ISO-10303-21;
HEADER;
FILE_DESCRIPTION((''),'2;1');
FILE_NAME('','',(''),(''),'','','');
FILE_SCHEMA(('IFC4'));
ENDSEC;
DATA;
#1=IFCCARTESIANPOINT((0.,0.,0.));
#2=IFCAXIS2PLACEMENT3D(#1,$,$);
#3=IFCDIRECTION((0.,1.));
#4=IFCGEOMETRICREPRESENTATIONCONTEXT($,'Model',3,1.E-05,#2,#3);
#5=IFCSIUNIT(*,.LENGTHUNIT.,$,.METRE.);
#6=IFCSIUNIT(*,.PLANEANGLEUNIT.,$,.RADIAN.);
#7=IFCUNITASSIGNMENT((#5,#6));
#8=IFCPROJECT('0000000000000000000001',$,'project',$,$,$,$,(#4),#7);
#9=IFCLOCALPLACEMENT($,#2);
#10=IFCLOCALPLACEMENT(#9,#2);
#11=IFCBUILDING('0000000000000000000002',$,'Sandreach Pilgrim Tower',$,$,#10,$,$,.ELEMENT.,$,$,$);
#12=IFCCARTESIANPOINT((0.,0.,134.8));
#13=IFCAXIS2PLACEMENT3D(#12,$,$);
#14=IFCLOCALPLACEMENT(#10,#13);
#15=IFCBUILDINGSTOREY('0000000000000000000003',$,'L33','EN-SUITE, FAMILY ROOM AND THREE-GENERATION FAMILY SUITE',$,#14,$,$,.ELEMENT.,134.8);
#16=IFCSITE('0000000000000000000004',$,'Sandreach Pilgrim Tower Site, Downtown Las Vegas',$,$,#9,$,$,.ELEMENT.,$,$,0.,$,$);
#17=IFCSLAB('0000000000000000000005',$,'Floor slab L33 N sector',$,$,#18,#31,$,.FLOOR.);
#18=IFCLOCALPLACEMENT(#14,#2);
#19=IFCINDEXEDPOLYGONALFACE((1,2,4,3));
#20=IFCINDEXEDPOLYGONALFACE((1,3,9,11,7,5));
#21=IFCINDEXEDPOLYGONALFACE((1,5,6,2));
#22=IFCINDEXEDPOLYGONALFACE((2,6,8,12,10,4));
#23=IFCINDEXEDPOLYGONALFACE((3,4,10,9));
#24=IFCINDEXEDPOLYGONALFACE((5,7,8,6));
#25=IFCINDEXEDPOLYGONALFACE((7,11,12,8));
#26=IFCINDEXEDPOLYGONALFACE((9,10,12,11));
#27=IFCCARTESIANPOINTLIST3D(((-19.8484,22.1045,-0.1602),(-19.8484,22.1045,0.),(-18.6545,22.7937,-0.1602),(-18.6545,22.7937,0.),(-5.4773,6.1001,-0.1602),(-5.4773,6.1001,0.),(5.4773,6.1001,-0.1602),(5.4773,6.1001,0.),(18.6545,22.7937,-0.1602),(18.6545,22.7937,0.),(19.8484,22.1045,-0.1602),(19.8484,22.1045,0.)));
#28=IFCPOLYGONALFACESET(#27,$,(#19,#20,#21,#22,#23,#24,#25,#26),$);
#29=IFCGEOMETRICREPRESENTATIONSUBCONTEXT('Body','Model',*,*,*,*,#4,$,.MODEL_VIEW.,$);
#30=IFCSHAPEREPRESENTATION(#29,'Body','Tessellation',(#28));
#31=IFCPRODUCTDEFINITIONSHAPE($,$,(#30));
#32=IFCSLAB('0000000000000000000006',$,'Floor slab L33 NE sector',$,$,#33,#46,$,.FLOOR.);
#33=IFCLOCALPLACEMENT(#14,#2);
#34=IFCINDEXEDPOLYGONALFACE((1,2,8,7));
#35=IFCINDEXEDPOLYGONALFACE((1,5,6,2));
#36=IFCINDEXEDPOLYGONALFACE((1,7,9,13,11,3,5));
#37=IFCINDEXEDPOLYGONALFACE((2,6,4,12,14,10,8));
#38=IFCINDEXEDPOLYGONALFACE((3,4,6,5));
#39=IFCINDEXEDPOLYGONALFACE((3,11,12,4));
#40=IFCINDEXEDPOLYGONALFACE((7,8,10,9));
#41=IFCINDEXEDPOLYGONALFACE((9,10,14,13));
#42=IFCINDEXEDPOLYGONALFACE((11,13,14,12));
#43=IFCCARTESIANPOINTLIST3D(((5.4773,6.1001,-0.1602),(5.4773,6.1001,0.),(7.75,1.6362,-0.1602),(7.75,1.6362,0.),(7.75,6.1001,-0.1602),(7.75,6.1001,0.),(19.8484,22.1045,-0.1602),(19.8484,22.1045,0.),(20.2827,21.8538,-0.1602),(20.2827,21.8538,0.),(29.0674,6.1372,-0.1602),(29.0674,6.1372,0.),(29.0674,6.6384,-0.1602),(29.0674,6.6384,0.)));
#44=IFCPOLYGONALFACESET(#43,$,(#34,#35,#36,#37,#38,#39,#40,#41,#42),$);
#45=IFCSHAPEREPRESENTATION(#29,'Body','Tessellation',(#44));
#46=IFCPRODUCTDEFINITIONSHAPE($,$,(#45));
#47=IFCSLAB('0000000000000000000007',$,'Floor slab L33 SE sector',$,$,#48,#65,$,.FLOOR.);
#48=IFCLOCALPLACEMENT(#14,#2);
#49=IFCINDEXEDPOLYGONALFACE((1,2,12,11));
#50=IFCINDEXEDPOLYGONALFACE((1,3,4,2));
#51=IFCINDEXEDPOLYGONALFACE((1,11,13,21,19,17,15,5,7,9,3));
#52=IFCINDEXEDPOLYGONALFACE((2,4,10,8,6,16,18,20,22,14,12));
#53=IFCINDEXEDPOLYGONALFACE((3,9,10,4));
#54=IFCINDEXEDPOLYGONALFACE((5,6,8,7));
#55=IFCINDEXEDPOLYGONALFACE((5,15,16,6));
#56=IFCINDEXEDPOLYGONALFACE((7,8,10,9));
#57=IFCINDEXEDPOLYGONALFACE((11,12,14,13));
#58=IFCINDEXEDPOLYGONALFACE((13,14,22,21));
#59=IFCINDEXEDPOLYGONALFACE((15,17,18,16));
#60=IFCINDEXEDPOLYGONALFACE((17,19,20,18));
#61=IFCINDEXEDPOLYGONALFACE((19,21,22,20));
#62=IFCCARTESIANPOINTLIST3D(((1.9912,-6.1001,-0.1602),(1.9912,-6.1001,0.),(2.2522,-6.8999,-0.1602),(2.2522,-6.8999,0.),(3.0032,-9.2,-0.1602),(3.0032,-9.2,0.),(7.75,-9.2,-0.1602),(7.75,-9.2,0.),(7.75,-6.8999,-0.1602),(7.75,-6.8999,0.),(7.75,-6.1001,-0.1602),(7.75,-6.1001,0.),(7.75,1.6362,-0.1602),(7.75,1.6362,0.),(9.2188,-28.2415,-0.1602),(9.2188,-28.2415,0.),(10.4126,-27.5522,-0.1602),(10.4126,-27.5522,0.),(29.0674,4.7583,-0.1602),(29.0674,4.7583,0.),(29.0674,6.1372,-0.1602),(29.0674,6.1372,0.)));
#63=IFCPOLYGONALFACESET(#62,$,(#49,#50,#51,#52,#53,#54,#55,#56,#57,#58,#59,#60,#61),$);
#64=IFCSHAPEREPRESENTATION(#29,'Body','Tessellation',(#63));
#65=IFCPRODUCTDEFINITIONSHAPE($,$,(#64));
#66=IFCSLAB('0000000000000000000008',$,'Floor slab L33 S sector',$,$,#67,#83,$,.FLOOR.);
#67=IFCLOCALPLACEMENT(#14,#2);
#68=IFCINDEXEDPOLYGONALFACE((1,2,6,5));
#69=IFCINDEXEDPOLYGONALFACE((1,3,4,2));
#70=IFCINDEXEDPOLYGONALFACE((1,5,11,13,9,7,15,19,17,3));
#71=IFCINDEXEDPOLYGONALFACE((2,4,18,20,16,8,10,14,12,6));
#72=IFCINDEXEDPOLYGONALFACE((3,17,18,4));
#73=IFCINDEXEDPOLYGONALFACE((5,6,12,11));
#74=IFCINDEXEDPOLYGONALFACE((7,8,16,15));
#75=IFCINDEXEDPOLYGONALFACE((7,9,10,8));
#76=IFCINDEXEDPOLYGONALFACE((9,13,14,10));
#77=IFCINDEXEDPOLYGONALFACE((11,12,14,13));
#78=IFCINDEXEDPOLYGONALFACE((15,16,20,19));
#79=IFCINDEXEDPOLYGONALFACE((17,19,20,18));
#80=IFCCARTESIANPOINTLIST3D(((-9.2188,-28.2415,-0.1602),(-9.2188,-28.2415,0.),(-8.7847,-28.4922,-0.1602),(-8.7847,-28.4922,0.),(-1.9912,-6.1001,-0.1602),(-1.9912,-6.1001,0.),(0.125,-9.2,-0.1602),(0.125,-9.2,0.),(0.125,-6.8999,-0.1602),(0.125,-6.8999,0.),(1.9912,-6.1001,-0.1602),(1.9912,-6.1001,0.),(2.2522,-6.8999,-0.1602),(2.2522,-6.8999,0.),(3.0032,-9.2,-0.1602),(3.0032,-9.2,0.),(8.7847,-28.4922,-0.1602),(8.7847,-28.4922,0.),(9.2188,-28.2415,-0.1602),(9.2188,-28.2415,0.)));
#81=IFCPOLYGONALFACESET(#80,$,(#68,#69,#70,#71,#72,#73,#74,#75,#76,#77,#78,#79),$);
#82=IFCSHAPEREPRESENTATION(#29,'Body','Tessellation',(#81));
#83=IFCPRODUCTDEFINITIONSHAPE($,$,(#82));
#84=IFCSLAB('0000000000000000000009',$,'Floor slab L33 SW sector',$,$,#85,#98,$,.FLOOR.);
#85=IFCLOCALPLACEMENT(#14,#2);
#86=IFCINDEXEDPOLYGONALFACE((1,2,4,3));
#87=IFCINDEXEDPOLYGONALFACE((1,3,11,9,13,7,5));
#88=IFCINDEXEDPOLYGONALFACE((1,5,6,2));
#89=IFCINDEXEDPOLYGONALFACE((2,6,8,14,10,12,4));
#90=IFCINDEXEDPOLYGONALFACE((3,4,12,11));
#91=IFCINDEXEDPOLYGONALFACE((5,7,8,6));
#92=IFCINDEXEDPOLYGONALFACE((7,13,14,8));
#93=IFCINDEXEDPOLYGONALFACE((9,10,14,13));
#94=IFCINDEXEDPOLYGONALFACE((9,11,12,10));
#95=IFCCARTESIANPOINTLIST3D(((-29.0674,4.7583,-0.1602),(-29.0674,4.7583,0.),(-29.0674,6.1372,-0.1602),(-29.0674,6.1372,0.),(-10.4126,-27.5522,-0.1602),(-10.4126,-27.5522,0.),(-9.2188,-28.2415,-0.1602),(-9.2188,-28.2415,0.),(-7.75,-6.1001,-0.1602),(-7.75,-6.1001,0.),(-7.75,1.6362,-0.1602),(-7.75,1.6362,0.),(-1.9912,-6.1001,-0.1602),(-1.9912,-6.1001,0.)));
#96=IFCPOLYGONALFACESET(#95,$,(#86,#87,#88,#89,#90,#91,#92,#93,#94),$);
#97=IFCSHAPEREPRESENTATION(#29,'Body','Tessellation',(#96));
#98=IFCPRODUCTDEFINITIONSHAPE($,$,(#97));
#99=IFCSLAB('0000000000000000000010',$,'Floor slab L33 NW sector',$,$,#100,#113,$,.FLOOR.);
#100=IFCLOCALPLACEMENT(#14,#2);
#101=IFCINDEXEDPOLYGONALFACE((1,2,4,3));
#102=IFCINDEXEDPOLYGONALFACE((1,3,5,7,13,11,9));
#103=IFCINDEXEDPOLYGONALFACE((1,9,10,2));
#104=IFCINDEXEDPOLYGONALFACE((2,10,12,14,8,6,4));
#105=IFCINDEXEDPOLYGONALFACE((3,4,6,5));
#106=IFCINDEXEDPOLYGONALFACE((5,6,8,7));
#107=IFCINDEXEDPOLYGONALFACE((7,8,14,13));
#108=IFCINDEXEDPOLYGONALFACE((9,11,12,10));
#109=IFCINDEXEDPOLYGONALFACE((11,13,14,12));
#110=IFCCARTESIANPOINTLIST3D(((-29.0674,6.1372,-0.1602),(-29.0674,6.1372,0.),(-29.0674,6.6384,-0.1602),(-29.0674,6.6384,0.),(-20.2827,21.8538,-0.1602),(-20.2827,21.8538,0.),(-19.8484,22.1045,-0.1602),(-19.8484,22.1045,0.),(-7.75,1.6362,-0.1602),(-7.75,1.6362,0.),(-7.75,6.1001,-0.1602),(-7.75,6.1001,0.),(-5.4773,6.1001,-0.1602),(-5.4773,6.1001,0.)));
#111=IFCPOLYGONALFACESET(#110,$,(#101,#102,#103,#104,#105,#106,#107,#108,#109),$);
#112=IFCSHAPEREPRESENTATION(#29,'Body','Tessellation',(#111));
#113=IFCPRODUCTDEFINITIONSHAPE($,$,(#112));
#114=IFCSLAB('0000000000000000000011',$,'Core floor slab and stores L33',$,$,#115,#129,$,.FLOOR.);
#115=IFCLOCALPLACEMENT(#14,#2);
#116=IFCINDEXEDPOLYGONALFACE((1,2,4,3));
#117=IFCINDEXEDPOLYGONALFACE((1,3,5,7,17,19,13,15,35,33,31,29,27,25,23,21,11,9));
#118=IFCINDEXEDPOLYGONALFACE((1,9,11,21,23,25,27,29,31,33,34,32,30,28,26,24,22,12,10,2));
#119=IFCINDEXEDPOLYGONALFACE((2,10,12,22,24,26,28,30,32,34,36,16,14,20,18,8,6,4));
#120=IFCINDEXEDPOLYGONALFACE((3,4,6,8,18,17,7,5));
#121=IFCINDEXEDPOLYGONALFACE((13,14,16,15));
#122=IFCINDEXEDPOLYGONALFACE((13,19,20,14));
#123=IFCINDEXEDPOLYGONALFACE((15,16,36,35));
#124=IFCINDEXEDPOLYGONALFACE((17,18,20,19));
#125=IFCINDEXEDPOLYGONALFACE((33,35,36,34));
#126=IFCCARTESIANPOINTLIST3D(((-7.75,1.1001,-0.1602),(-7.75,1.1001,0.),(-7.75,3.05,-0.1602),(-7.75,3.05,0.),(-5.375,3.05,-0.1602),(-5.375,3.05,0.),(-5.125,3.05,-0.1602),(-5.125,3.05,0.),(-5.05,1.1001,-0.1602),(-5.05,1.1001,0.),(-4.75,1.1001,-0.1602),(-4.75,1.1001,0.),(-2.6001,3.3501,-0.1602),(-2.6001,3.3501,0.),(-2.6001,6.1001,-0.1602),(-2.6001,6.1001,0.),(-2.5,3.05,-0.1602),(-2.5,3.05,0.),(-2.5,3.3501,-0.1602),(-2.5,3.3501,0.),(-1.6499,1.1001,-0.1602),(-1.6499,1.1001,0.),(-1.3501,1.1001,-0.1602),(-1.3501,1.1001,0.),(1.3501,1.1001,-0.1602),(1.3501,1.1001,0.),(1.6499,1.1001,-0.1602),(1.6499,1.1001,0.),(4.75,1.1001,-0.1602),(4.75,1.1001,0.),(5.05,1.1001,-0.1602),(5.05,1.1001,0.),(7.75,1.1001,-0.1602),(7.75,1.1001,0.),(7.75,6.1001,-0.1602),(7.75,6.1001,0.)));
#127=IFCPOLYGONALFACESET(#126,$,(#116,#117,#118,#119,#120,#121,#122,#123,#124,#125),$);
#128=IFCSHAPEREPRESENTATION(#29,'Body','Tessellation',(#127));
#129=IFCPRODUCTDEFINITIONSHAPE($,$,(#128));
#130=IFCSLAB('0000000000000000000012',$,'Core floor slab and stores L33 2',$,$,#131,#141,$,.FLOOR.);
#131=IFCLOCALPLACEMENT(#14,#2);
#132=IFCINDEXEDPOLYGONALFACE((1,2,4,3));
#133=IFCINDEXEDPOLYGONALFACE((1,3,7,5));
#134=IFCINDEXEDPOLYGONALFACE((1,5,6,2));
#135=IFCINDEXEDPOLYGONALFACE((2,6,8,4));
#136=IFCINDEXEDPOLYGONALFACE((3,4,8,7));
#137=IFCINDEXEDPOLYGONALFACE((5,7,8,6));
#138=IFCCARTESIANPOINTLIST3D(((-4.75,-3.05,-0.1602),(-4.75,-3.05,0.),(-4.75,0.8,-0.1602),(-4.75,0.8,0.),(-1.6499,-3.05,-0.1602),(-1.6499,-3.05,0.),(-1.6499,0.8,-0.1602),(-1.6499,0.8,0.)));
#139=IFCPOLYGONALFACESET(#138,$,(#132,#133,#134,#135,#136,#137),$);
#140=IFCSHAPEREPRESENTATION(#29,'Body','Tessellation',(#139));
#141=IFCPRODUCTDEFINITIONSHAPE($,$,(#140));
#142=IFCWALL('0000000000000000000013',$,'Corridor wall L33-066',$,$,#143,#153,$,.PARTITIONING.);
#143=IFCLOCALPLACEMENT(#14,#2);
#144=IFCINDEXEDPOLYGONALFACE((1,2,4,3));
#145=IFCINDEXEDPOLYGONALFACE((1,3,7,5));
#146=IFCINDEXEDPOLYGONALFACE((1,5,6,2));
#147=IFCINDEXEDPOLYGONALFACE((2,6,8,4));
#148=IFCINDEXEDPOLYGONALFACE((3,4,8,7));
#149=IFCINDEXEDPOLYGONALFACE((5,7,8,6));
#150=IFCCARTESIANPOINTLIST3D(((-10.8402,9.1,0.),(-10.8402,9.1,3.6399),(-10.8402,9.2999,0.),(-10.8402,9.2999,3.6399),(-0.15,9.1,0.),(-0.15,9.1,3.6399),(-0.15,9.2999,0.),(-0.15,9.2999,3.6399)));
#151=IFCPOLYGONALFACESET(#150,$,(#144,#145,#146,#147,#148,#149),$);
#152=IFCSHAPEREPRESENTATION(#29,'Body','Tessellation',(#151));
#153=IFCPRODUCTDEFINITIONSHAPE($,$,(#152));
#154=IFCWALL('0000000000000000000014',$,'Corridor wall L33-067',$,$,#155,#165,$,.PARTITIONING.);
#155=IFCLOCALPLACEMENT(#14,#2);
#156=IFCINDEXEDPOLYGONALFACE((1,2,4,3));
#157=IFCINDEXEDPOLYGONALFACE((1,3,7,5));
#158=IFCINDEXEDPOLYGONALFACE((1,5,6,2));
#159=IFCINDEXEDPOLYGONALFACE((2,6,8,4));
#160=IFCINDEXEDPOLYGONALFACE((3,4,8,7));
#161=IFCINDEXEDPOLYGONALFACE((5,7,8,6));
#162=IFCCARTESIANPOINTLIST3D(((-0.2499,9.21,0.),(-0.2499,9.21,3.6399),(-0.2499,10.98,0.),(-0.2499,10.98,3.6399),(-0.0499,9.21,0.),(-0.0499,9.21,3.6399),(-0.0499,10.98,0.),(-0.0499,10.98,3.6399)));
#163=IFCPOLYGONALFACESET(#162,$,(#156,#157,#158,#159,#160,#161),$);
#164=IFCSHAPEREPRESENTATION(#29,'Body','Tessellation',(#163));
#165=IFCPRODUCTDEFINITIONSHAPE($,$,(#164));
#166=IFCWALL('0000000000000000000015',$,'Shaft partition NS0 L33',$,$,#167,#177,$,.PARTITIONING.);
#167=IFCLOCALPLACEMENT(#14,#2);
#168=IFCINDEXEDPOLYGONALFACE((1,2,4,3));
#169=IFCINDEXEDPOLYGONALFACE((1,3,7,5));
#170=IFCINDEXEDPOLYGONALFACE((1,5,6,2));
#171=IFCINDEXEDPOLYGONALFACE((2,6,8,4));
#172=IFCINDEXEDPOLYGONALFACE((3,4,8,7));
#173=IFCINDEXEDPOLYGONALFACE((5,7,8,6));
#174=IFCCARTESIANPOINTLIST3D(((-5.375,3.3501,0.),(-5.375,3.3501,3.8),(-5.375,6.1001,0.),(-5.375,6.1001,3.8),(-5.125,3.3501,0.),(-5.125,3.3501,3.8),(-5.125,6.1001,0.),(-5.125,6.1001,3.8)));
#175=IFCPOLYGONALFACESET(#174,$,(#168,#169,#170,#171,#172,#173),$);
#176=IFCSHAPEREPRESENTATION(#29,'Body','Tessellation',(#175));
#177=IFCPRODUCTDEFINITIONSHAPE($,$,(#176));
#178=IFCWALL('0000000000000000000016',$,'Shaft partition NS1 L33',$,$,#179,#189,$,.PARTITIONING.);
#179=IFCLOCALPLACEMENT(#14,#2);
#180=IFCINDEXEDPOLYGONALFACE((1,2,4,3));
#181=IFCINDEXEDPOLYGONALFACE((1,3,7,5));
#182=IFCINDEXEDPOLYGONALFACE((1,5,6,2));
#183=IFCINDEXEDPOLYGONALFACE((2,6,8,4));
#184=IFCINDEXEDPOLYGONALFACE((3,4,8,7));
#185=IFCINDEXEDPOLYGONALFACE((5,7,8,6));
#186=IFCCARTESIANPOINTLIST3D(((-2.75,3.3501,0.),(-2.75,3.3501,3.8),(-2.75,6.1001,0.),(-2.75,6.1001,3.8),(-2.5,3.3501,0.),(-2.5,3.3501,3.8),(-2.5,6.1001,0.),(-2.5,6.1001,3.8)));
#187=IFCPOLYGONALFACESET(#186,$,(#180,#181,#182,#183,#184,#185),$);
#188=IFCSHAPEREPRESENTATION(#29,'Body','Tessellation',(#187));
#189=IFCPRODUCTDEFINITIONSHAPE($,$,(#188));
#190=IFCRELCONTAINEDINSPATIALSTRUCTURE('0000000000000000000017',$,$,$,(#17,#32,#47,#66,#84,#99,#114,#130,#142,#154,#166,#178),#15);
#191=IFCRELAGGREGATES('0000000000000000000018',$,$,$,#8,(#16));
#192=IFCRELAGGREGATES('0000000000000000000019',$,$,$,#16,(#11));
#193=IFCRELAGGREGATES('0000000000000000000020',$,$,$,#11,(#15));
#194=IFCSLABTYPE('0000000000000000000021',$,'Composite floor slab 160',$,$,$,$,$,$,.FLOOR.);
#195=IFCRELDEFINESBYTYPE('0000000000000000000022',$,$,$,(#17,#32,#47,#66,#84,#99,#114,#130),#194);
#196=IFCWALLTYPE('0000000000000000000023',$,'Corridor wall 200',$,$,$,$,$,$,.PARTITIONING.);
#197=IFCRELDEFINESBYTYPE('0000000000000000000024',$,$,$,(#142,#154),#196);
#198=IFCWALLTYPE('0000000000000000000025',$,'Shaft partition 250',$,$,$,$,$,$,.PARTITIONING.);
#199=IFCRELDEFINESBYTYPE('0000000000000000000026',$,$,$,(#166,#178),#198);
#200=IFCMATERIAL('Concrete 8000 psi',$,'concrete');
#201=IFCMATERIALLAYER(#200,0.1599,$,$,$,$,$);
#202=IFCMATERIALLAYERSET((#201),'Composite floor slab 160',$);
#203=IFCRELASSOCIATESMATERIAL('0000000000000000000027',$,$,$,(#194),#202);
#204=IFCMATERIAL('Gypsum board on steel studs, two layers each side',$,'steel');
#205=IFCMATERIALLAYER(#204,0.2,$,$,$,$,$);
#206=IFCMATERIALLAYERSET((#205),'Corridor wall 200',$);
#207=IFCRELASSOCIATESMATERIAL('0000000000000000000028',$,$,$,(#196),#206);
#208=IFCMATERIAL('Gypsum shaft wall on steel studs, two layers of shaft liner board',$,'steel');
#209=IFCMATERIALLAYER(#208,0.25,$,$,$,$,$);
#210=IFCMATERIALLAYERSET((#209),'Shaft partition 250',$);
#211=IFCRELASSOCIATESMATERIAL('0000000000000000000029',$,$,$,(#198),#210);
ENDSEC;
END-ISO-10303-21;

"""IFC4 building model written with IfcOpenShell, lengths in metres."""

from ifc_helpers import new_model, si_unit, direction, frame, frame_2d, origin, place, context, subcontext, project, spatial, polyline, rectangle, outline, extrude, material, layer, layer_set, type_object, element, save


model = new_model("IFC4")

# Units and contexts
model_context = context("Model", 3, precision=1e-05, world=origin(), true_north=direction((0.0, 1.0)))
body_context = subcontext(model_context, "Body", "Model", "MODEL_VIEW")
ifc_project = project(units=[si_unit("LENGTHUNIT", "METRE"), si_unit("PLANEANGLEUNIT", "RADIAN")], contexts=[model_context])

# Site, building, storey
site_placement = place(None, origin())
site = spatial("IfcSite", under=ifc_project, at=site_placement, Name="Sandreach Pilgrim Tower Site, Downtown Las Vegas", CompositionType="ELEMENT", RefElevation=0.0)
building_placement = place(site_placement, origin())
building = spatial("IfcBuilding", under=site, at=building_placement, Name="Sandreach Pilgrim Tower", CompositionType="ELEMENT")
storey_placement = place(building_placement, frame((0.0, 0.0, 134.8)))
storey = spatial("IfcBuildingStorey", under=building, at=storey_placement, Name="L33", Description="EN-SUITE, FAMILY ROOM AND THREE-GENERATION FAMILY SUITE", CompositionType="ELEMENT", Elevation=134.8)

# Slabs
ifc_material_1 = material(Name="Concrete 8000 psi", Category="concrete")
ifc_layer_1 = layer(ifc_material_1, 0.1599)
ifc_layer_set_1 = layer_set([ifc_layer_1], Name="Composite floor slab 160")
slab_type = type_object("IfcSlabType", Name="Composite floor slab 160", PredefinedType="FLOOR", material=ifc_layer_set_1)
slab_1_placement = place(storey_placement, frame((0.0, 0.0, -0.1602)))
element("IfcSlab", 1, at=slab_1_placement, inside=storey, type_object=slab_type, Name="Floor slab L33 N sector", PredefinedType="FLOOR", context=body_context, shape_type="SweptSolid", body=[
    extrude(outline(polyline([(-18.6545, 22.7937), (18.6545, 22.7937), (19.8484, 22.1045), (5.4773, 6.1001), (-5.4773, 6.1001), (-19.8484, 22.1045), (-18.6545, 22.7937)])), origin(), (0.0, 0.0, 1.0), 0.1602),
])
slab_2_placement = place(storey_placement, frame((0.0, 0.0, -0.1602)))
element("IfcSlab", 2, at=slab_2_placement, inside=storey, type_object=slab_type, Name="Floor slab L33 NE sector", PredefinedType="FLOOR", context=body_context, shape_type="SweptSolid", body=[
    extrude(outline(polyline([(20.2827, 21.8538), (29.0674, 6.6384), (29.0674, 6.1372), (7.75, 1.6362), (7.75, 6.1001), (5.4773, 6.1001), (19.8484, 22.1045), (20.2827, 21.8538)])), origin(), (0.0, 0.0, 1.0), 0.1602),
])
slab_3_placement = place(storey_placement, frame((0.0, 0.0, -0.1602)))
element("IfcSlab", 3, at=slab_3_placement, inside=storey, type_object=slab_type, Name="Floor slab L33 SE sector", PredefinedType="FLOOR", context=body_context, shape_type="SweptSolid", body=[
    extrude(outline(polyline([(29.0674, 4.7583), (10.4126, -27.5522), (9.2188, -28.2415), (3.0032, -9.2), (7.75, -9.2), (7.75, -6.8999), (2.2522, -6.8999), (1.9912, -6.1001), (7.75, -6.1001), (7.75, 1.6362), (29.0674, 6.1372), (29.0674, 4.7583)])), origin(), (0.0, 0.0, 1.0), 0.1602),
])
slab_4_placement = place(storey_placement, frame((0.0, 0.0, -0.1602)))
element("IfcSlab", 4, at=slab_4_placement, inside=storey, type_object=slab_type, Name="Floor slab L33 S sector", PredefinedType="FLOOR", context=body_context, shape_type="SweptSolid", body=[
    extrude(outline(polyline([(8.7847, -28.4922), (-8.7847, -28.4922), (-9.2188, -28.2415), (-1.9912, -6.1001), (1.9912, -6.1001), (2.2522, -6.8999), (0.125, -6.8999), (0.125, -9.2), (3.0032, -9.2), (9.2188, -28.2415), (8.7847, -28.4922)])), origin(), (0.0, 0.0, 1.0), 0.1602),
])
slab_5_placement = place(storey_placement, frame((0.0, 0.0, -0.1602)))
element("IfcSlab", 5, at=slab_5_placement, inside=storey, type_object=slab_type, Name="Floor slab L33 SW sector", PredefinedType="FLOOR", context=body_context, shape_type="SweptSolid", body=[
    extrude(outline(polyline([(-10.4126, -27.5522), (-29.0674, 4.7583), (-29.0674, 6.1372), (-7.75, 1.6362), (-7.75, -6.1001), (-1.9912, -6.1001), (-9.2188, -28.2415), (-10.4126, -27.5522)])), origin(), (0.0, 0.0, 1.0), 0.1602),
])
slab_6_placement = place(storey_placement, frame((0.0, 0.0, -0.1602)))
element("IfcSlab", 6, at=slab_6_placement, inside=storey, type_object=slab_type, Name="Floor slab L33 NW sector", PredefinedType="FLOOR", context=body_context, shape_type="SweptSolid", body=[
    extrude(outline(polyline([(-29.0674, 6.6384), (-20.2827, 21.8538), (-19.8484, 22.1045), (-5.4773, 6.1001), (-7.75, 6.1001), (-7.75, 1.6362), (-29.0674, 6.1372), (-29.0674, 6.6384)])), origin(), (0.0, 0.0, 1.0), 0.1602),
])
slab_7_placement = place(storey_placement, frame((0.0, 0.0, -0.1602)))
element("IfcSlab", 7, at=slab_7_placement, inside=storey, type_object=slab_type, Name="Core floor slab and stores L33", PredefinedType="FLOOR", context=body_context, shape_type="SweptSolid", body=[
    extrude(outline(polyline([(-7.75, 3.05), (-5.375, 3.05), (-5.125, 3.05), (-2.5, 3.05), (-2.5, 3.3501), (-2.6001, 3.3501), (-2.6001, 6.1001), (7.75, 6.1001), (7.75, 1.1001), (5.05, 1.1001), (4.75, 1.1001), (1.6499, 1.1001), (1.3501, 1.1001), (-1.3501, 1.1001), (-1.6499, 1.1001), (-4.75, 1.1001), (-5.05, 1.1001), (-7.75, 1.1001), (-7.75, 3.05)])), origin(), (0.0, 0.0, 1.0), 0.1602),
])
slab_8_placement = place(storey_placement, frame((0.0, 0.0, -0.1602)))
element("IfcSlab", 8, at=slab_8_placement, inside=storey, type_object=slab_type, Name="Core floor slab and stores L33 2", PredefinedType="FLOOR", context=body_context, shape_type="SweptSolid", body=[
    extrude(outline(polyline([(-1.6499, -3.05), (-4.75, -3.05), (-4.75, 0.8), (-1.6499, 0.8), (-1.6499, -3.05)])), origin(), (0.0, 0.0, 1.0), 0.1602),
])

# Walls
ifc_material_2 = material(Name="Gypsum board on steel studs, two layers each side", Category="steel")
ifc_layer_2 = layer(ifc_material_2, 0.2)
ifc_layer_set_2 = layer_set([ifc_layer_2], Name="Corridor wall 200")
wall_type_1 = type_object("IfcWallType", Name="Corridor wall 200", PredefinedType="PARTITIONING", material=ifc_layer_set_2)
wall_1_placement = place(storey_placement, frame((-0.1499, 9.2, 0.0), z_axis=(0.0, 0.0, 1.0), x_axis=(-1.0, 0.0, 0.0)))
element("IfcWall", 9, at=wall_1_placement, inside=storey, type_object=wall_type_1, Name="Corridor wall L33-066", PredefinedType="PARTITIONING", context=body_context, shape_type="SweptSolid", body=[
    extrude(rectangle(XDim=10.6902, YDim=0.2, at=frame_2d((5.3452, 0.0))), origin(), (0.0, 0.0, 1.0), 3.6399),
])
wall_2_placement = place(storey_placement, frame((-0.1499, 10.98, 0.0), z_axis=(0.0, 0.0, 1.0), x_axis=(0.0, -1.0, 0.0)))
element("IfcWall", 10, at=wall_2_placement, inside=storey, type_object=wall_type_1, Name="Corridor wall L33-067", PredefinedType="PARTITIONING", context=body_context, shape_type="SweptSolid", body=[
    extrude(rectangle(XDim=1.77, YDim=0.2, at=frame_2d((0.885, 0.0))), origin(), (0.0, 0.0, 1.0), 3.6399),
])
ifc_material_3 = material(Name="Gypsum shaft wall on steel studs, two layers of shaft liner board", Category="steel")
ifc_layer_3 = layer(ifc_material_3, 0.25)
ifc_layer_set_3 = layer_set([ifc_layer_3], Name="Shaft partition 250")
wall_type_2 = type_object("IfcWallType", Name="Shaft partition 250", PredefinedType="PARTITIONING", material=ifc_layer_set_3)
for number, where, z_axis, x_axis, name in (
    (11, (-5.25, 3.3501, 0.0), (0.0, 0.0, 1.0), (0.0, 1.0, 0.0), "Shaft partition NS0 L33"),
    (12, (-2.625, 3.3501, 0.0), (0.0, 0.0, 1.0), (0.0, 1.0, 0.0), "Shaft partition NS1 L33"),
):
    element("IfcWall", number, at=place(storey_placement, frame(where, z_axis=z_axis, x_axis=x_axis)), inside=storey, type_object=wall_type_2, Name=name, PredefinedType="PARTITIONING", context=body_context, shape_type="SweptSolid", body=[
        extrude(rectangle(XDim=2.75, YDim=0.25, at=frame_2d((1.375, 0.0))), origin(), (0.0, 0.0, 1.0), 3.8),
    ])

save(model, "model.ifc")
